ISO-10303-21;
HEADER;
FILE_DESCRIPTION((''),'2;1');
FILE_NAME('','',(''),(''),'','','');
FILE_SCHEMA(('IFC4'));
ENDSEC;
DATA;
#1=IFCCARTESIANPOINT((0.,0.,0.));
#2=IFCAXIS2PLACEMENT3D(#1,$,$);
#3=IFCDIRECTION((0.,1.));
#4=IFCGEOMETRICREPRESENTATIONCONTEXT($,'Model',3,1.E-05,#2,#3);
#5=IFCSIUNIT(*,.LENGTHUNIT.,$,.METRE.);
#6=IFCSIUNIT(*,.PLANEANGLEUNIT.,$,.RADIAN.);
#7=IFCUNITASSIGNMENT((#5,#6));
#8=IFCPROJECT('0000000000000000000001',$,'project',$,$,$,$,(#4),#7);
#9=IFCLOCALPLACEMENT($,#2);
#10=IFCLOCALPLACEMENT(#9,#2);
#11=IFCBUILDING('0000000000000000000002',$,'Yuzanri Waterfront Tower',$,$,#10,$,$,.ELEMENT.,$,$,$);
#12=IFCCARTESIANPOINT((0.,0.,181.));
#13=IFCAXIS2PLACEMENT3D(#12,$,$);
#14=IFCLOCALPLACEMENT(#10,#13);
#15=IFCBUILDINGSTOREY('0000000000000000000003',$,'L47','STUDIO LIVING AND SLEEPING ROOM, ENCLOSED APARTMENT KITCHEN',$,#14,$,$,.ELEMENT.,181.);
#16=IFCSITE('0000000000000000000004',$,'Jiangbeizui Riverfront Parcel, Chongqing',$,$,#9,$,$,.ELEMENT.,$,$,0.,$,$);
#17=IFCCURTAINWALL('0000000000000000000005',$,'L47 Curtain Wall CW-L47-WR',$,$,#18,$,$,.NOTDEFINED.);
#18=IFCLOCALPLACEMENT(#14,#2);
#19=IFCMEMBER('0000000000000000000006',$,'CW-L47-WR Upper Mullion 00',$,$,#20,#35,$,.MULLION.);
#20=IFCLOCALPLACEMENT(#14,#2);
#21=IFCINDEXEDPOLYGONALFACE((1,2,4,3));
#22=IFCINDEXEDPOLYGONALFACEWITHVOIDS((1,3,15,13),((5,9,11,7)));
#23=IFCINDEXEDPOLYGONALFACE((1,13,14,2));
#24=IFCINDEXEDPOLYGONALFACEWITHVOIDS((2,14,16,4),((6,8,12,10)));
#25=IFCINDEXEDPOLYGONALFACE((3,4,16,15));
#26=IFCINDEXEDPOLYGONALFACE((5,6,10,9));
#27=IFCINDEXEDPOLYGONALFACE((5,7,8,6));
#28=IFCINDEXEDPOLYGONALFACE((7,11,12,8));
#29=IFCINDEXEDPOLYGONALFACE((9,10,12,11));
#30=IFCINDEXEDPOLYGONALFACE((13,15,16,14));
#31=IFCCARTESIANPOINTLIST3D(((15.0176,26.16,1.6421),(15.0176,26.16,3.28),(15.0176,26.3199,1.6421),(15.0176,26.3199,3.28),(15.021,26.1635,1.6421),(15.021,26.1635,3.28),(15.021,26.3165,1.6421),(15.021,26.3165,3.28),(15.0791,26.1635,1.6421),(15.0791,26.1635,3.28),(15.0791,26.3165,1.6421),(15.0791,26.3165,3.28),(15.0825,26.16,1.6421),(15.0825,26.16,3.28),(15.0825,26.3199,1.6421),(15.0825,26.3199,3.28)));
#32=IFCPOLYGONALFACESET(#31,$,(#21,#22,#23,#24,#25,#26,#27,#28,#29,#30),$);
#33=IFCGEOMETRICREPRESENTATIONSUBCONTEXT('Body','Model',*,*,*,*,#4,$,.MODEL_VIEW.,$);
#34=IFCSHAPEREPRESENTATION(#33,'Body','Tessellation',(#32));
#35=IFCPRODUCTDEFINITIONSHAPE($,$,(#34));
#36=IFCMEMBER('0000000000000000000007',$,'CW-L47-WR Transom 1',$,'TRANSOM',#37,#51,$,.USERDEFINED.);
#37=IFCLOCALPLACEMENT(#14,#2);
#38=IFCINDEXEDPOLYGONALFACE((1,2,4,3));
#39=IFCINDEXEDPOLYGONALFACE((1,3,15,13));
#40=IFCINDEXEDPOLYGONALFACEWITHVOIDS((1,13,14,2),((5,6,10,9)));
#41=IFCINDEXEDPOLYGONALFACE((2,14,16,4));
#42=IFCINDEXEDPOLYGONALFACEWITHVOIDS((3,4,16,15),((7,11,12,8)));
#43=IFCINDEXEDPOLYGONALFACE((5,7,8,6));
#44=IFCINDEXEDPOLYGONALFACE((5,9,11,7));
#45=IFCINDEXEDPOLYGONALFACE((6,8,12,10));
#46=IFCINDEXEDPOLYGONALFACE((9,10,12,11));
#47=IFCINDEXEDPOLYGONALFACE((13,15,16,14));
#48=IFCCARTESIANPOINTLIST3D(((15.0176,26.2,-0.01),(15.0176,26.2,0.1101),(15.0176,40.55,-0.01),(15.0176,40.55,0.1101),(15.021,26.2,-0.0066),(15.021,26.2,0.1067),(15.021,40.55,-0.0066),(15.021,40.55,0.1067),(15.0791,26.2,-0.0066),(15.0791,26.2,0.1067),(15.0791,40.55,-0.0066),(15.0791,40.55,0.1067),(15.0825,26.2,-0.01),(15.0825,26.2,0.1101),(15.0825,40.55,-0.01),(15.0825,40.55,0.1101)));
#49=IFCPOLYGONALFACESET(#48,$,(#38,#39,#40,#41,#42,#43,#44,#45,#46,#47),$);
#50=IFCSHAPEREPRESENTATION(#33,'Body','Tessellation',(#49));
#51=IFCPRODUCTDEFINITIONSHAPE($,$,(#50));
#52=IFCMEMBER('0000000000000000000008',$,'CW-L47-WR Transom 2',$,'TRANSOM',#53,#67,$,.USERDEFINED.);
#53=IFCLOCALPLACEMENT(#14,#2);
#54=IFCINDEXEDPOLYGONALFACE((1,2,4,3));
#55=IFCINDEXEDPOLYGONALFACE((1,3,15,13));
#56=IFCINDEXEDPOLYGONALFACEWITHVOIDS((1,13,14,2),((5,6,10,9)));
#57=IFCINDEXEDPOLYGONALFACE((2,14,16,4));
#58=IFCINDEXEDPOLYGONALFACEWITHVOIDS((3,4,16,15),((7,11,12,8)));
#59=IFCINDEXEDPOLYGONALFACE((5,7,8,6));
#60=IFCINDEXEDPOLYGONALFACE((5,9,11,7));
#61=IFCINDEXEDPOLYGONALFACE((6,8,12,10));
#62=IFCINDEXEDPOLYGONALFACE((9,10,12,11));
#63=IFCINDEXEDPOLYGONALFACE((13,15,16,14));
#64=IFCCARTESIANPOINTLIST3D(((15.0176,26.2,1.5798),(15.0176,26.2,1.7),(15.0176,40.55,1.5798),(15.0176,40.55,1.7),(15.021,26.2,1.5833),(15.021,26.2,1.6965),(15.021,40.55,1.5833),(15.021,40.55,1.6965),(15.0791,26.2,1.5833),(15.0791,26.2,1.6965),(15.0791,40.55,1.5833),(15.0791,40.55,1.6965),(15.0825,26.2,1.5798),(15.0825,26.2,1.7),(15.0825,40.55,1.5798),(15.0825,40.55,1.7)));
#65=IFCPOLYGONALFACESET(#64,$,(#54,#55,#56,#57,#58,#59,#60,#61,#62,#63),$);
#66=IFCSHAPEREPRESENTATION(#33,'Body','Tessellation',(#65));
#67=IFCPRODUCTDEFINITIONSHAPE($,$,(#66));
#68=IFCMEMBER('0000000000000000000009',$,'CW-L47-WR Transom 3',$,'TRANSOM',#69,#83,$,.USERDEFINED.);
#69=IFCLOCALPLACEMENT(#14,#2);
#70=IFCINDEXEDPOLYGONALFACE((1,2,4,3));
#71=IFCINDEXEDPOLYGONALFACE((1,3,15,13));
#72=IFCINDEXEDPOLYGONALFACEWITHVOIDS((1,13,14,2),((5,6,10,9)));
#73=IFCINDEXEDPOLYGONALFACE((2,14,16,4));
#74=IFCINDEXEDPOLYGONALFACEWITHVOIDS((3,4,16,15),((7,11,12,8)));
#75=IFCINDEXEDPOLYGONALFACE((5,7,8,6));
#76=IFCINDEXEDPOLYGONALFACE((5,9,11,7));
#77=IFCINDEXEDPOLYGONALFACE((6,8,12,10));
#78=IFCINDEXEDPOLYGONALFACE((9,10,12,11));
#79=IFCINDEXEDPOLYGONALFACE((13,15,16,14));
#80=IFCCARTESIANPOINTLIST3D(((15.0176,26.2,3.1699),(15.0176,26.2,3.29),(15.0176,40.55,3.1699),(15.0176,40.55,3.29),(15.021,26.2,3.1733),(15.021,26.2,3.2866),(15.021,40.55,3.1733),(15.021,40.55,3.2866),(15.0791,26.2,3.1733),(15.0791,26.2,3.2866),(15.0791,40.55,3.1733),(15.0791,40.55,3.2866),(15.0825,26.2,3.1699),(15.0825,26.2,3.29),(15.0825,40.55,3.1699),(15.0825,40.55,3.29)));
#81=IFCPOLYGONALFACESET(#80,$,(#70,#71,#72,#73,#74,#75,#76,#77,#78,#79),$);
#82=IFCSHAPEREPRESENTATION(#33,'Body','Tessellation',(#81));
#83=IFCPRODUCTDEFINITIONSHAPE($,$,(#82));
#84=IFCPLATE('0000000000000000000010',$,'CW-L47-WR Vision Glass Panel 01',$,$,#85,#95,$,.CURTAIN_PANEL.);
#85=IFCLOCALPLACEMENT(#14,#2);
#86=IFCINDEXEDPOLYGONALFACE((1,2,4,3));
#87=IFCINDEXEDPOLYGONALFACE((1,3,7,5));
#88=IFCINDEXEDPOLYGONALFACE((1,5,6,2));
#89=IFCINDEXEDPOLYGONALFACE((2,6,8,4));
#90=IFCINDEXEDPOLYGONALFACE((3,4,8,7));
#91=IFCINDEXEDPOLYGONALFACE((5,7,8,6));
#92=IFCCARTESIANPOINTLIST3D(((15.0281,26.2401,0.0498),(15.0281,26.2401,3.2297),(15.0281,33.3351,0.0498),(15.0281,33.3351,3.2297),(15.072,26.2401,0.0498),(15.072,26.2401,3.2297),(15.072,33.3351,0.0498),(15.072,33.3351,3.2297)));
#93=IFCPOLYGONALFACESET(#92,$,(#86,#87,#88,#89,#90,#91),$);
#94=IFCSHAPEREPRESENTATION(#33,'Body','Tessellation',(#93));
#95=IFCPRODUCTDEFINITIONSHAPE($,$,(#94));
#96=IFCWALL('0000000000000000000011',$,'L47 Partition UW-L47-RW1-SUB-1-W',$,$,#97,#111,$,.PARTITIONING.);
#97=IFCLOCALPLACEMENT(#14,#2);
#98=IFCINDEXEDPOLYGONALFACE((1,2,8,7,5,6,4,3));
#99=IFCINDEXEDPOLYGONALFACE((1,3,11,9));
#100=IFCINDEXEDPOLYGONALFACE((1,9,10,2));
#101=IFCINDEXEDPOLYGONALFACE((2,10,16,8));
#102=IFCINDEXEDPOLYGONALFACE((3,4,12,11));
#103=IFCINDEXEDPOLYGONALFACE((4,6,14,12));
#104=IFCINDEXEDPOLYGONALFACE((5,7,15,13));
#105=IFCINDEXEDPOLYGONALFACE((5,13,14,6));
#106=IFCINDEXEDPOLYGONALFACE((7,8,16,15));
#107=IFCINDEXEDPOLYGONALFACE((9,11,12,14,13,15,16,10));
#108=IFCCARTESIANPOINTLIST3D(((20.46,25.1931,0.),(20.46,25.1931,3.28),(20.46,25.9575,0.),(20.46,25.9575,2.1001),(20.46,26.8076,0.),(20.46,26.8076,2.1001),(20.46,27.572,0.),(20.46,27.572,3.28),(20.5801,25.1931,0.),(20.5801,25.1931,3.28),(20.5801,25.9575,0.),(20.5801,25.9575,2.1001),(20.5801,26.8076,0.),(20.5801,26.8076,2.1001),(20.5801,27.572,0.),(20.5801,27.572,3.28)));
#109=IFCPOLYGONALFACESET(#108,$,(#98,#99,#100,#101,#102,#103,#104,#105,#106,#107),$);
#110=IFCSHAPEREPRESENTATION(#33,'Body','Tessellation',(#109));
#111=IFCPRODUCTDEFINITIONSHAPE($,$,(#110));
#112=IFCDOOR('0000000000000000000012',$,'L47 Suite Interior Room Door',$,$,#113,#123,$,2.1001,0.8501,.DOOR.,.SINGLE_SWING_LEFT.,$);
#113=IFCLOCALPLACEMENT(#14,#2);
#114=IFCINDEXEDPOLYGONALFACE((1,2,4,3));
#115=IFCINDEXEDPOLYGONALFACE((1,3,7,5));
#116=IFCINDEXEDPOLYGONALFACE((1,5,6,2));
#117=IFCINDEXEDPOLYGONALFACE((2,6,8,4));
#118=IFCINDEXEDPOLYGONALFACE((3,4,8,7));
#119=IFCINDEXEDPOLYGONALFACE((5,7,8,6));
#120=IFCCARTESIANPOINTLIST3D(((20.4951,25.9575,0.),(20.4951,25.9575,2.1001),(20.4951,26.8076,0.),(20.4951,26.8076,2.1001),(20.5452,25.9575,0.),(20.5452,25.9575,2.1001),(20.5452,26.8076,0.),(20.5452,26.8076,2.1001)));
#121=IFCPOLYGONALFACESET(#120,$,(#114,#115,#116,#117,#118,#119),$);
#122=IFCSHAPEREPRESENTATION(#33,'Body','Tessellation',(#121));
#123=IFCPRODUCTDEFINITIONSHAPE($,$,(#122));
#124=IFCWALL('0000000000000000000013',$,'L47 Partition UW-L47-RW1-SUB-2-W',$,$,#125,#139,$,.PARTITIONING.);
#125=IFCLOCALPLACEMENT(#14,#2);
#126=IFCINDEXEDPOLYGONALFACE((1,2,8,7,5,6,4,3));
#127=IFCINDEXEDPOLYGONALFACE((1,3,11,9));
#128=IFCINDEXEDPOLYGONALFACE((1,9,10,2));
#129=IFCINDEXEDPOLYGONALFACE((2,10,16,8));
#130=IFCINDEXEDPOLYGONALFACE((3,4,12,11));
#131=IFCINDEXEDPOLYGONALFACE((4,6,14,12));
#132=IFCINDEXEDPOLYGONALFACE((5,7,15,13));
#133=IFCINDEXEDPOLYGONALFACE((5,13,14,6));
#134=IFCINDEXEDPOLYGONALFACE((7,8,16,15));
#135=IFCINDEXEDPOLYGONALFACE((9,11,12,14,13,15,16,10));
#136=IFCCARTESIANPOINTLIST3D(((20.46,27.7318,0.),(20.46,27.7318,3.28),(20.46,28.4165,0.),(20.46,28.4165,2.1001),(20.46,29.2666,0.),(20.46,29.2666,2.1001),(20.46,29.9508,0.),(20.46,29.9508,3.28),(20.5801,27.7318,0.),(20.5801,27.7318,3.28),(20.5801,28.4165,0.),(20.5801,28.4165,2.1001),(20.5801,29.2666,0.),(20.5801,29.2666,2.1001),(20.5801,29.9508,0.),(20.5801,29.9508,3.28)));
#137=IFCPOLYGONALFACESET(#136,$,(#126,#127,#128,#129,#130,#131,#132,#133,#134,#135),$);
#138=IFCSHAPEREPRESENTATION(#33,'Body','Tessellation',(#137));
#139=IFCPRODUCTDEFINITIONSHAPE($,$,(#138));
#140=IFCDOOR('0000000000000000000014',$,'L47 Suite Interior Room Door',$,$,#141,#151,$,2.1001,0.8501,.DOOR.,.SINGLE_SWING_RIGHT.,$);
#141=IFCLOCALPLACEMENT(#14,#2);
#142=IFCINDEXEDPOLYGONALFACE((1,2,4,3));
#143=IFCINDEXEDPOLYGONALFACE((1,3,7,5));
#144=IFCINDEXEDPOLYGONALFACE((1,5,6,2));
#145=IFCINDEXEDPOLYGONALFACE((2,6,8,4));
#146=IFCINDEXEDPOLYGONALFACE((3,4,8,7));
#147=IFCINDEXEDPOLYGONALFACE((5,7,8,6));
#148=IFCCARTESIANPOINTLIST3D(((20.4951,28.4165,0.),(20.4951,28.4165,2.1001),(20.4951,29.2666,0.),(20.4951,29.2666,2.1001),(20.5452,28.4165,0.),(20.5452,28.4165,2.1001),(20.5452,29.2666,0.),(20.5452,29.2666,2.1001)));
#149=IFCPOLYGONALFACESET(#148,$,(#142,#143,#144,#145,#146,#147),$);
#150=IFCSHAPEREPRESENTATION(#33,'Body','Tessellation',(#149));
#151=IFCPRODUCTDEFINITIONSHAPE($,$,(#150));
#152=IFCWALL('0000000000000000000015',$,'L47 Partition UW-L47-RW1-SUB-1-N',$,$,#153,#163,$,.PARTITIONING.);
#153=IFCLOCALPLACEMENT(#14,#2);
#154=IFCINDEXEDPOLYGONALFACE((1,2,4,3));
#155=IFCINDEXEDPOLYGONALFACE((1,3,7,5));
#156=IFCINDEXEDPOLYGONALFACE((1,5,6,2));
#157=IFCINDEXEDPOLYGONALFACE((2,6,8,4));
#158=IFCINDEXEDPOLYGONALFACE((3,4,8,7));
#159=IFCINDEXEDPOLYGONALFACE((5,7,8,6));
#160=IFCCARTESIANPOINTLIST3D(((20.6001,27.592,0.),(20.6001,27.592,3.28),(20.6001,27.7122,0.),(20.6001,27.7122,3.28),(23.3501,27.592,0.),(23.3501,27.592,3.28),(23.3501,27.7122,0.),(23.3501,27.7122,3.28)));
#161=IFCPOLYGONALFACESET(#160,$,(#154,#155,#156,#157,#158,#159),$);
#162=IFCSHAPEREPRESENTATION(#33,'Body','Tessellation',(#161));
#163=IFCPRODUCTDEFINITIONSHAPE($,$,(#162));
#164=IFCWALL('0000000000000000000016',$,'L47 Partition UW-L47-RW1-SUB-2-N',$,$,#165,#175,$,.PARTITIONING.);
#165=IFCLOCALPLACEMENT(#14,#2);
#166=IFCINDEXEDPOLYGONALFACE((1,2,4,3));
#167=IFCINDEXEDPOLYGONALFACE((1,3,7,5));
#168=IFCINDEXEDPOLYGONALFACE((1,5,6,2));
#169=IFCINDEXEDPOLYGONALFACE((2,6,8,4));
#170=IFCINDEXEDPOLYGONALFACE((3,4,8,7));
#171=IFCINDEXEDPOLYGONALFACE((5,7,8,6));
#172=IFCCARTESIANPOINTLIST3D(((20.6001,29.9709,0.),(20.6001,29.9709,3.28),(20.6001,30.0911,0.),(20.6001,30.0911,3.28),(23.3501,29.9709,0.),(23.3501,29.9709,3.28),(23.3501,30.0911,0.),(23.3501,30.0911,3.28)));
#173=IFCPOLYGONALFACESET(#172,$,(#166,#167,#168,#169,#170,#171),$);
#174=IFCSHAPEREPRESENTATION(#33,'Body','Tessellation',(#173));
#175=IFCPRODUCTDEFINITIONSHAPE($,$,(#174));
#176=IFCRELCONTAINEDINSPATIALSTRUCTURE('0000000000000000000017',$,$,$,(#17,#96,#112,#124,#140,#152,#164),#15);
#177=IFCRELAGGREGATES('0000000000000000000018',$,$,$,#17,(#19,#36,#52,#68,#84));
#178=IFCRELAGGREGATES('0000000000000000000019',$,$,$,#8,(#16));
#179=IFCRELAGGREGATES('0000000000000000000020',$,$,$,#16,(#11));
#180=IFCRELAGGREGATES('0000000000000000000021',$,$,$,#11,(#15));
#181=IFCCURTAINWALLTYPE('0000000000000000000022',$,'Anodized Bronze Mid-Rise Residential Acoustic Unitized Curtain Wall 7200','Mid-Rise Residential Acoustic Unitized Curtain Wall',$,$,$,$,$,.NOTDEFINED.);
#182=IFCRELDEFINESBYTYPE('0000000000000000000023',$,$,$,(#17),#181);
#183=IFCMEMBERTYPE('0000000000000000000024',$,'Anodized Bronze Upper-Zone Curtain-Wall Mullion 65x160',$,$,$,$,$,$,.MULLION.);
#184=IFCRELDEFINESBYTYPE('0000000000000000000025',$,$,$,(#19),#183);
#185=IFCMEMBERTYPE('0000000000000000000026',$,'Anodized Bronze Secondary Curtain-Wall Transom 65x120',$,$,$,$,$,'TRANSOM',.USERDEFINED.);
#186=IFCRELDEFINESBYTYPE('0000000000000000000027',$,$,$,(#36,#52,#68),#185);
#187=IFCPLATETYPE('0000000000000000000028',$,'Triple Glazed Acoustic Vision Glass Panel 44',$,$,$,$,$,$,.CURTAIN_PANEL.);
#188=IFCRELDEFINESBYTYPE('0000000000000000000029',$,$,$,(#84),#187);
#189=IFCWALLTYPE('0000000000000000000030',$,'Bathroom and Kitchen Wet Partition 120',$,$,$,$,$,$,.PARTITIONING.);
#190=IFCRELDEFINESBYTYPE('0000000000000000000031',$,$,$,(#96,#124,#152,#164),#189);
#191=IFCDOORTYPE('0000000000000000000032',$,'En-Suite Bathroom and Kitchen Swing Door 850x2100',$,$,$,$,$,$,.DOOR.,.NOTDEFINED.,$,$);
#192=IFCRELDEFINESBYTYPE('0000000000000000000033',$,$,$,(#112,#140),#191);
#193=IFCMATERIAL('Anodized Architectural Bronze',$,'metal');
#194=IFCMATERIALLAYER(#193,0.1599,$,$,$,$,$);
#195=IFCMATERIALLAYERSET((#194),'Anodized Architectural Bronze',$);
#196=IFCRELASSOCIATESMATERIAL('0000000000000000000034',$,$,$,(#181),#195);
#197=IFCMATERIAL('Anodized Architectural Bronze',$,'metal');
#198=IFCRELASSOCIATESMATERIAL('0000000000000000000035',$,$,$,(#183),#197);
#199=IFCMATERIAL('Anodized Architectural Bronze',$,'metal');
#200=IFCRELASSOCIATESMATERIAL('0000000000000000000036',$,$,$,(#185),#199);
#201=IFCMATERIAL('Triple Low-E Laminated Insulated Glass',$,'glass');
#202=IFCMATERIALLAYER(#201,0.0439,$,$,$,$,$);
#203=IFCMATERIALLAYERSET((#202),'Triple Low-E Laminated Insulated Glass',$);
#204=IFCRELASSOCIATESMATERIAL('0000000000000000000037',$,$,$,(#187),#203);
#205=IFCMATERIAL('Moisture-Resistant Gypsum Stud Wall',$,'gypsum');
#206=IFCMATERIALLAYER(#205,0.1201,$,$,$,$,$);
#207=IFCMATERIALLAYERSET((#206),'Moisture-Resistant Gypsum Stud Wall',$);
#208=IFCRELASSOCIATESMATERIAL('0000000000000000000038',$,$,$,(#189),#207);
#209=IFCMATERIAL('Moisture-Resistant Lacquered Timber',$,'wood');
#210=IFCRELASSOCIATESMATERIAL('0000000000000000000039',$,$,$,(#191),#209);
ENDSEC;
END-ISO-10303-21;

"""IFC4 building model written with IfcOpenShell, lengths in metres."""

from ifc_helpers import new_model, si_unit, direction, frame, frame_2d, origin, origin_2d, place, context, subcontext, project, spatial, rectangle, hollow_rectangle, extrude, source, transform, mapped, material, layer, layer_set, material_profile, profile_set, type_object, element, fill, aggregate, save


model = new_model("IFC4")

# Units and contexts
model_context = context("Model", 3, precision=1e-05, world=origin(), true_north=direction((0.0, 1.0)))
body_context = subcontext(model_context, "Body", "Model", "MODEL_VIEW")
ifc_project = project(units=[si_unit("LENGTHUNIT", "METRE"), si_unit("PLANEANGLEUNIT", "RADIAN")], contexts=[model_context])

# Site, building, storey
site_placement = place(None, origin())
site = spatial("IfcSite", under=ifc_project, at=site_placement, Name="Jiangbeizui Riverfront Parcel, Chongqing", CompositionType="ELEMENT", RefElevation=0.0)
building_placement = place(site_placement, origin())
building = spatial("IfcBuilding", under=site, at=building_placement, Name="Yuzanri Waterfront Tower", CompositionType="ELEMENT")
storey_placement = place(building_placement, frame((0.0, 0.0, 181.0)))
storey = spatial("IfcBuildingStorey", under=building, at=storey_placement, Name="L47", Description="STUDIO LIVING AND SLEEPING ROOM, ENCLOSED APARTMENT KITCHEN", CompositionType="ELEMENT", Elevation=181.0)

# Shared definitions
ifc_material_1 = material(Name="Anodized Architectural Bronze", Category="metal")
ifc_layer_1 = layer(ifc_material_1, 0.1599)
ifc_layer_set_1 = layer_set([ifc_layer_1], Name="Anodized Architectural Bronze")
curtain_wall_type = type_object("IfcCurtainWallType", Name="Anodized Bronze Mid-Rise Residential Acoustic Unitized Curtain Wall 7200", Description="Mid-Rise Residential Acoustic Unitized Curtain Wall", PredefinedType="NOTDEFINED", material=ifc_layer_set_1)
ifc_material_2 = material(Name="Anodized Architectural Bronze", Category="metal")
ifc_material_profile_1 = material_profile(ifc_material_2, hollow_rectangle(XDim=0.0649, YDim=0.1599, WallThickness=0.0034, at=origin_2d()), Name="CWM 65x160")
ifc_profile_set_1 = profile_set([ifc_material_profile_1], Name="Anodized Architectural Bronze")
member_type_1 = type_object("IfcMemberType", Name="Anodized Bronze Upper-Zone Curtain-Wall Mullion 65x160", PredefinedType="MULLION", material=ifc_profile_set_1)
shared_shape_1 = source(origin(), body_context, "Body", "SweptSolid", [
    extrude(hollow_rectangle(XDim=0.0649, YDim=0.1599, WallThickness=0.0034, at=origin_2d()), origin(), (0.0, 0.0, 1.0), 1.6379),
])

# Curtain wall, members, plate
curtain_wall_1_placement = place(storey_placement, origin())
curtain_wall_1 = element("IfcCurtainWall", 1, at=curtain_wall_1_placement, inside=storey, type_object=curtain_wall_type, Name="L47 Curtain Wall CW-L47-WR", PredefinedType="NOTDEFINED")
member_1_placement = place(storey_placement, frame((15.05, 26.24, 1.6421), z_axis=(0.0, 0.0, 1.0), x_axis=(1.0, 0.0, 0.0)))
member_1 = element("IfcMember", 2, at=member_1_placement, type_object=member_type_1, Name="CW-L47-WR Upper Mullion 00", PredefinedType="MULLION", context=body_context, shape_type="MappedRepresentation", body=[
    mapped(shared_shape_1, transform((0.0, 0.0, 0.0), scale=1.0)),
])
ifc_material_3 = material(Name="Anodized Architectural Bronze", Category="metal")
ifc_material_profile_2 = material_profile(ifc_material_3, hollow_rectangle(XDim=0.0649, YDim=0.1201, WallThickness=0.0034, at=origin_2d()), Name="CWT 65x120")
ifc_profile_set_2 = profile_set([ifc_material_profile_2], Name="Anodized Architectural Bronze")
member_type_2 = type_object("IfcMemberType", Name="Anodized Bronze Secondary Curtain-Wall Transom 65x120", ElementType="TRANSOM", PredefinedType="USERDEFINED", material=ifc_profile_set_2)
shared_shape_2 = source(origin(), body_context, "Body", "SweptSolid", [
    extrude(hollow_rectangle(XDim=0.0649, YDim=0.1201, WallThickness=0.0034, at=origin_2d()), origin(), (0.0, 0.0, 1.0), 14.3501),
])
member_2_placement = place(storey_placement, frame((15.05, 26.2, 0.05), z_axis=(0.0, 1.0, 0.0), x_axis=(-1.0, 0.0, 0.0)))
member_2 = element("IfcMember", 3, at=member_2_placement, type_object=member_type_2, Name="CW-L47-WR Transom 1", ObjectType="TRANSOM", PredefinedType="USERDEFINED", context=body_context, shape_type="MappedRepresentation", body=[
    mapped(shared_shape_2, transform((0.0, 0.0, 0.0), scale=1.0)),
])
member_3_placement = place(storey_placement, frame((15.05, 26.2, 1.6399), z_axis=(0.0, 1.0, 0.0), x_axis=(-1.0, 0.0, 0.0)))
member_3 = element("IfcMember", 4, at=member_3_placement, type_object=member_type_2, Name="CW-L47-WR Transom 2", ObjectType="TRANSOM", PredefinedType="USERDEFINED", context=body_context, shape_type="MappedRepresentation", body=[
    mapped(shared_shape_2, transform((0.0, 0.0, 0.0), scale=1.0)),
])
member_4_placement = place(storey_placement, frame((15.05, 26.2, 3.23), z_axis=(0.0, 1.0, 0.0), x_axis=(-1.0, 0.0, 0.0)))
member_4 = element("IfcMember", 5, at=member_4_placement, type_object=member_type_2, Name="CW-L47-WR Transom 3", ObjectType="TRANSOM", PredefinedType="USERDEFINED", context=body_context, shape_type="MappedRepresentation", body=[
    mapped(shared_shape_2, transform((0.0, 0.0, 0.0), scale=1.0)),
])
ifc_material_4 = material(Name="Triple Low-E Laminated Insulated Glass", Category="glass")
ifc_layer_2 = layer(ifc_material_4, 0.0439)
ifc_layer_set_2 = layer_set([ifc_layer_2], Name="Triple Low-E Laminated Insulated Glass")
plate_type = type_object("IfcPlateType", Name="Triple Glazed Acoustic Vision Glass Panel 44", PredefinedType="CURTAIN_PANEL", material=ifc_layer_set_2)
shared_shape_3 = source(origin(), body_context, "Body", "SweptSolid", [
    extrude(rectangle(XDim=7.095, YDim=0.0439, at=origin_2d()), origin(), (0.0, 0.0, 1.0), 3.1799),
])
plate_placement = place(storey_placement, frame((15.05, 29.7876, 0.0498), z_axis=(0.0, 0.0, 1.0), x_axis=(0.0, 1.0, 0.0)))
plate = element("IfcPlate", 6, at=plate_placement, type_object=plate_type, Name="CW-L47-WR Vision Glass Panel 01", PredefinedType="CURTAIN_PANEL", context=body_context, shape_type="MappedRepresentation", body=[
    mapped(shared_shape_3, transform((0.0, 0.0, 0.0), scale=1.0)),
])
aggregate(curtain_wall_1, [member_1, member_2, member_3, member_4, plate])

# Walls, openings, doors
ifc_material_5 = material(Name="Moisture-Resistant Gypsum Stud Wall", Category="gypsum")
ifc_layer_3 = layer(ifc_material_5, 0.1201)
ifc_layer_set_3 = layer_set([ifc_layer_3], Name="Moisture-Resistant Gypsum Stud Wall")
wall_type_1 = type_object("IfcWallType", Name="Bathroom and Kitchen Wet Partition 120", PredefinedType="PARTITIONING", material=ifc_layer_set_3)
wall_1_placement = place(storey_placement, frame((20.52, 25.1931, 0.0), z_axis=(0.0, 0.0, 1.0), x_axis=(0.0, 1.0, 0.0)))
wall_1 = element("IfcWall", 7, at=wall_1_placement, inside=storey, type_object=wall_type_1, Name="L47 Partition UW-L47-RW1-SUB-1-W", PredefinedType="PARTITIONING", context=body_context, shape_type="SweptSolid", body=[
    extrude(rectangle(XDim=2.3789, YDim=0.1201, at=frame_2d((1.1895, 0.0))), origin(), (0.0, 0.0, 1.0), 3.28),
])
opening_1_placement = place(wall_1_placement, frame((0.7644, 0.0, 0.0)))
opening_1 = element("IfcOpeningElement", 8, at=opening_1_placement, cuts=wall_1, PredefinedType="OPENING", context=body_context, shape_type="SweptSolid", body=[
    extrude(rectangle(XDim=0.8501, YDim=2.1001, at=frame_2d((0.425, 1.05))), frame((0.0, 0.075, 0.0), z_axis=(0.0, -1.0, 0.0), x_axis=(1.0, 0.0, 0.0)), (0.0, 0.0, 1.0), 0.1499),
])
ifc_material_6 = material(Name="Moisture-Resistant Lacquered Timber", Category="wood")
door_type_1 = type_object("IfcDoorType", Name="En-Suite Bathroom and Kitchen Swing Door 850x2100", OperationType="NOTDEFINED", PredefinedType="DOOR", material=ifc_material_6)
shared_shape_4 = source(origin(), body_context, "Body", "SweptSolid", [
    extrude(rectangle(XDim=0.8501, YDim=2.1001, at=frame_2d((0.425, 1.05))), frame((0.0, 0.0249, 0.0), z_axis=(0.0, -1.0, 0.0), x_axis=(1.0, 0.0, 0.0)), (0.0, 0.0, 1.0), 0.05),
])
door_1_placement = place(opening_1_placement, origin())
door_1 = element("IfcDoor", 9, at=door_1_placement, inside=storey, type_object=door_type_1, Name="L47 Suite Interior Room Door", OperationType="SINGLE_SWING_LEFT", OverallHeight=2.1001, OverallWidth=0.8501, PredefinedType="DOOR", context=body_context, shape_type="MappedRepresentation", body=[
    mapped(shared_shape_4, transform((0.0, 0.0, 0.0), scale=1.0)),
])
fill(opening_1, door_1)
wall_2_placement = place(storey_placement, frame((20.52, 27.7319, 0.0), z_axis=(0.0, 0.0, 1.0), x_axis=(0.0, 1.0, 0.0)))
wall_2 = element("IfcWall", 10, at=wall_2_placement, inside=storey, type_object=wall_type_1, Name="L47 Partition UW-L47-RW1-SUB-2-W", PredefinedType="PARTITIONING", context=body_context, shape_type="SweptSolid", body=[
    extrude(rectangle(XDim=2.219, YDim=0.1201, at=frame_2d((1.1094, 0.0))), origin(), (0.0, 0.0, 1.0), 3.28),
])
opening_2_placement = place(wall_2_placement, frame((0.6846, 0.0, 0.0)))
opening_2 = element("IfcOpeningElement", 11, at=opening_2_placement, cuts=wall_2, PredefinedType="OPENING", context=body_context, shape_type="SweptSolid", body=[
    extrude(rectangle(XDim=0.8501, YDim=2.1001, at=frame_2d((0.425, 1.05))), frame((0.0, 0.075, 0.0), z_axis=(0.0, -1.0, 0.0), x_axis=(1.0, 0.0, 0.0)), (0.0, 0.0, 1.0), 0.1499),
])
door_2_placement = place(opening_2_placement, origin())
door_2 = element("IfcDoor", 12, at=door_2_placement, inside=storey, type_object=door_type_1, Name="L47 Suite Interior Room Door", OperationType="SINGLE_SWING_RIGHT", OverallHeight=2.1001, OverallWidth=0.8501, PredefinedType="DOOR", context=body_context, shape_type="MappedRepresentation", body=[
    mapped(shared_shape_4, transform((0.0, 0.0, 0.0), scale=1.0)),
])
fill(opening_2, door_2)

# Walls
shared_shape_5 = source(origin(), body_context, "Body", "SweptSolid", [
    extrude(rectangle(XDim=2.75, YDim=0.1201, at=frame_2d((1.375, 0.0))), origin(), (0.0, 0.0, 1.0), 3.28),
])
for number, where, z_axis, x_axis, name in (
    (13, (20.6001, 27.6521, 0.0), (0.0, 0.0, 1.0), (1.0, 0.0, 0.0), "L47 Partition UW-L47-RW1-SUB-1-N"),
    (14, (20.6001, 30.031, 0.0), (0.0, 0.0, 1.0), (1.0, 0.0, 0.0), "L47 Partition UW-L47-RW1-SUB-2-N"),
):
    element("IfcWall", number, at=place(storey_placement, frame(where, z_axis=z_axis, x_axis=x_axis)), inside=storey, type_object=wall_type_1, Name=name, PredefinedType="PARTITIONING", context=body_context, shape_type="MappedRepresentation", body=[
        mapped(shared_shape_5, transform((0.0, 0.0, 0.0), scale=1.0)),
    ])

save(model, "model.ifc")
